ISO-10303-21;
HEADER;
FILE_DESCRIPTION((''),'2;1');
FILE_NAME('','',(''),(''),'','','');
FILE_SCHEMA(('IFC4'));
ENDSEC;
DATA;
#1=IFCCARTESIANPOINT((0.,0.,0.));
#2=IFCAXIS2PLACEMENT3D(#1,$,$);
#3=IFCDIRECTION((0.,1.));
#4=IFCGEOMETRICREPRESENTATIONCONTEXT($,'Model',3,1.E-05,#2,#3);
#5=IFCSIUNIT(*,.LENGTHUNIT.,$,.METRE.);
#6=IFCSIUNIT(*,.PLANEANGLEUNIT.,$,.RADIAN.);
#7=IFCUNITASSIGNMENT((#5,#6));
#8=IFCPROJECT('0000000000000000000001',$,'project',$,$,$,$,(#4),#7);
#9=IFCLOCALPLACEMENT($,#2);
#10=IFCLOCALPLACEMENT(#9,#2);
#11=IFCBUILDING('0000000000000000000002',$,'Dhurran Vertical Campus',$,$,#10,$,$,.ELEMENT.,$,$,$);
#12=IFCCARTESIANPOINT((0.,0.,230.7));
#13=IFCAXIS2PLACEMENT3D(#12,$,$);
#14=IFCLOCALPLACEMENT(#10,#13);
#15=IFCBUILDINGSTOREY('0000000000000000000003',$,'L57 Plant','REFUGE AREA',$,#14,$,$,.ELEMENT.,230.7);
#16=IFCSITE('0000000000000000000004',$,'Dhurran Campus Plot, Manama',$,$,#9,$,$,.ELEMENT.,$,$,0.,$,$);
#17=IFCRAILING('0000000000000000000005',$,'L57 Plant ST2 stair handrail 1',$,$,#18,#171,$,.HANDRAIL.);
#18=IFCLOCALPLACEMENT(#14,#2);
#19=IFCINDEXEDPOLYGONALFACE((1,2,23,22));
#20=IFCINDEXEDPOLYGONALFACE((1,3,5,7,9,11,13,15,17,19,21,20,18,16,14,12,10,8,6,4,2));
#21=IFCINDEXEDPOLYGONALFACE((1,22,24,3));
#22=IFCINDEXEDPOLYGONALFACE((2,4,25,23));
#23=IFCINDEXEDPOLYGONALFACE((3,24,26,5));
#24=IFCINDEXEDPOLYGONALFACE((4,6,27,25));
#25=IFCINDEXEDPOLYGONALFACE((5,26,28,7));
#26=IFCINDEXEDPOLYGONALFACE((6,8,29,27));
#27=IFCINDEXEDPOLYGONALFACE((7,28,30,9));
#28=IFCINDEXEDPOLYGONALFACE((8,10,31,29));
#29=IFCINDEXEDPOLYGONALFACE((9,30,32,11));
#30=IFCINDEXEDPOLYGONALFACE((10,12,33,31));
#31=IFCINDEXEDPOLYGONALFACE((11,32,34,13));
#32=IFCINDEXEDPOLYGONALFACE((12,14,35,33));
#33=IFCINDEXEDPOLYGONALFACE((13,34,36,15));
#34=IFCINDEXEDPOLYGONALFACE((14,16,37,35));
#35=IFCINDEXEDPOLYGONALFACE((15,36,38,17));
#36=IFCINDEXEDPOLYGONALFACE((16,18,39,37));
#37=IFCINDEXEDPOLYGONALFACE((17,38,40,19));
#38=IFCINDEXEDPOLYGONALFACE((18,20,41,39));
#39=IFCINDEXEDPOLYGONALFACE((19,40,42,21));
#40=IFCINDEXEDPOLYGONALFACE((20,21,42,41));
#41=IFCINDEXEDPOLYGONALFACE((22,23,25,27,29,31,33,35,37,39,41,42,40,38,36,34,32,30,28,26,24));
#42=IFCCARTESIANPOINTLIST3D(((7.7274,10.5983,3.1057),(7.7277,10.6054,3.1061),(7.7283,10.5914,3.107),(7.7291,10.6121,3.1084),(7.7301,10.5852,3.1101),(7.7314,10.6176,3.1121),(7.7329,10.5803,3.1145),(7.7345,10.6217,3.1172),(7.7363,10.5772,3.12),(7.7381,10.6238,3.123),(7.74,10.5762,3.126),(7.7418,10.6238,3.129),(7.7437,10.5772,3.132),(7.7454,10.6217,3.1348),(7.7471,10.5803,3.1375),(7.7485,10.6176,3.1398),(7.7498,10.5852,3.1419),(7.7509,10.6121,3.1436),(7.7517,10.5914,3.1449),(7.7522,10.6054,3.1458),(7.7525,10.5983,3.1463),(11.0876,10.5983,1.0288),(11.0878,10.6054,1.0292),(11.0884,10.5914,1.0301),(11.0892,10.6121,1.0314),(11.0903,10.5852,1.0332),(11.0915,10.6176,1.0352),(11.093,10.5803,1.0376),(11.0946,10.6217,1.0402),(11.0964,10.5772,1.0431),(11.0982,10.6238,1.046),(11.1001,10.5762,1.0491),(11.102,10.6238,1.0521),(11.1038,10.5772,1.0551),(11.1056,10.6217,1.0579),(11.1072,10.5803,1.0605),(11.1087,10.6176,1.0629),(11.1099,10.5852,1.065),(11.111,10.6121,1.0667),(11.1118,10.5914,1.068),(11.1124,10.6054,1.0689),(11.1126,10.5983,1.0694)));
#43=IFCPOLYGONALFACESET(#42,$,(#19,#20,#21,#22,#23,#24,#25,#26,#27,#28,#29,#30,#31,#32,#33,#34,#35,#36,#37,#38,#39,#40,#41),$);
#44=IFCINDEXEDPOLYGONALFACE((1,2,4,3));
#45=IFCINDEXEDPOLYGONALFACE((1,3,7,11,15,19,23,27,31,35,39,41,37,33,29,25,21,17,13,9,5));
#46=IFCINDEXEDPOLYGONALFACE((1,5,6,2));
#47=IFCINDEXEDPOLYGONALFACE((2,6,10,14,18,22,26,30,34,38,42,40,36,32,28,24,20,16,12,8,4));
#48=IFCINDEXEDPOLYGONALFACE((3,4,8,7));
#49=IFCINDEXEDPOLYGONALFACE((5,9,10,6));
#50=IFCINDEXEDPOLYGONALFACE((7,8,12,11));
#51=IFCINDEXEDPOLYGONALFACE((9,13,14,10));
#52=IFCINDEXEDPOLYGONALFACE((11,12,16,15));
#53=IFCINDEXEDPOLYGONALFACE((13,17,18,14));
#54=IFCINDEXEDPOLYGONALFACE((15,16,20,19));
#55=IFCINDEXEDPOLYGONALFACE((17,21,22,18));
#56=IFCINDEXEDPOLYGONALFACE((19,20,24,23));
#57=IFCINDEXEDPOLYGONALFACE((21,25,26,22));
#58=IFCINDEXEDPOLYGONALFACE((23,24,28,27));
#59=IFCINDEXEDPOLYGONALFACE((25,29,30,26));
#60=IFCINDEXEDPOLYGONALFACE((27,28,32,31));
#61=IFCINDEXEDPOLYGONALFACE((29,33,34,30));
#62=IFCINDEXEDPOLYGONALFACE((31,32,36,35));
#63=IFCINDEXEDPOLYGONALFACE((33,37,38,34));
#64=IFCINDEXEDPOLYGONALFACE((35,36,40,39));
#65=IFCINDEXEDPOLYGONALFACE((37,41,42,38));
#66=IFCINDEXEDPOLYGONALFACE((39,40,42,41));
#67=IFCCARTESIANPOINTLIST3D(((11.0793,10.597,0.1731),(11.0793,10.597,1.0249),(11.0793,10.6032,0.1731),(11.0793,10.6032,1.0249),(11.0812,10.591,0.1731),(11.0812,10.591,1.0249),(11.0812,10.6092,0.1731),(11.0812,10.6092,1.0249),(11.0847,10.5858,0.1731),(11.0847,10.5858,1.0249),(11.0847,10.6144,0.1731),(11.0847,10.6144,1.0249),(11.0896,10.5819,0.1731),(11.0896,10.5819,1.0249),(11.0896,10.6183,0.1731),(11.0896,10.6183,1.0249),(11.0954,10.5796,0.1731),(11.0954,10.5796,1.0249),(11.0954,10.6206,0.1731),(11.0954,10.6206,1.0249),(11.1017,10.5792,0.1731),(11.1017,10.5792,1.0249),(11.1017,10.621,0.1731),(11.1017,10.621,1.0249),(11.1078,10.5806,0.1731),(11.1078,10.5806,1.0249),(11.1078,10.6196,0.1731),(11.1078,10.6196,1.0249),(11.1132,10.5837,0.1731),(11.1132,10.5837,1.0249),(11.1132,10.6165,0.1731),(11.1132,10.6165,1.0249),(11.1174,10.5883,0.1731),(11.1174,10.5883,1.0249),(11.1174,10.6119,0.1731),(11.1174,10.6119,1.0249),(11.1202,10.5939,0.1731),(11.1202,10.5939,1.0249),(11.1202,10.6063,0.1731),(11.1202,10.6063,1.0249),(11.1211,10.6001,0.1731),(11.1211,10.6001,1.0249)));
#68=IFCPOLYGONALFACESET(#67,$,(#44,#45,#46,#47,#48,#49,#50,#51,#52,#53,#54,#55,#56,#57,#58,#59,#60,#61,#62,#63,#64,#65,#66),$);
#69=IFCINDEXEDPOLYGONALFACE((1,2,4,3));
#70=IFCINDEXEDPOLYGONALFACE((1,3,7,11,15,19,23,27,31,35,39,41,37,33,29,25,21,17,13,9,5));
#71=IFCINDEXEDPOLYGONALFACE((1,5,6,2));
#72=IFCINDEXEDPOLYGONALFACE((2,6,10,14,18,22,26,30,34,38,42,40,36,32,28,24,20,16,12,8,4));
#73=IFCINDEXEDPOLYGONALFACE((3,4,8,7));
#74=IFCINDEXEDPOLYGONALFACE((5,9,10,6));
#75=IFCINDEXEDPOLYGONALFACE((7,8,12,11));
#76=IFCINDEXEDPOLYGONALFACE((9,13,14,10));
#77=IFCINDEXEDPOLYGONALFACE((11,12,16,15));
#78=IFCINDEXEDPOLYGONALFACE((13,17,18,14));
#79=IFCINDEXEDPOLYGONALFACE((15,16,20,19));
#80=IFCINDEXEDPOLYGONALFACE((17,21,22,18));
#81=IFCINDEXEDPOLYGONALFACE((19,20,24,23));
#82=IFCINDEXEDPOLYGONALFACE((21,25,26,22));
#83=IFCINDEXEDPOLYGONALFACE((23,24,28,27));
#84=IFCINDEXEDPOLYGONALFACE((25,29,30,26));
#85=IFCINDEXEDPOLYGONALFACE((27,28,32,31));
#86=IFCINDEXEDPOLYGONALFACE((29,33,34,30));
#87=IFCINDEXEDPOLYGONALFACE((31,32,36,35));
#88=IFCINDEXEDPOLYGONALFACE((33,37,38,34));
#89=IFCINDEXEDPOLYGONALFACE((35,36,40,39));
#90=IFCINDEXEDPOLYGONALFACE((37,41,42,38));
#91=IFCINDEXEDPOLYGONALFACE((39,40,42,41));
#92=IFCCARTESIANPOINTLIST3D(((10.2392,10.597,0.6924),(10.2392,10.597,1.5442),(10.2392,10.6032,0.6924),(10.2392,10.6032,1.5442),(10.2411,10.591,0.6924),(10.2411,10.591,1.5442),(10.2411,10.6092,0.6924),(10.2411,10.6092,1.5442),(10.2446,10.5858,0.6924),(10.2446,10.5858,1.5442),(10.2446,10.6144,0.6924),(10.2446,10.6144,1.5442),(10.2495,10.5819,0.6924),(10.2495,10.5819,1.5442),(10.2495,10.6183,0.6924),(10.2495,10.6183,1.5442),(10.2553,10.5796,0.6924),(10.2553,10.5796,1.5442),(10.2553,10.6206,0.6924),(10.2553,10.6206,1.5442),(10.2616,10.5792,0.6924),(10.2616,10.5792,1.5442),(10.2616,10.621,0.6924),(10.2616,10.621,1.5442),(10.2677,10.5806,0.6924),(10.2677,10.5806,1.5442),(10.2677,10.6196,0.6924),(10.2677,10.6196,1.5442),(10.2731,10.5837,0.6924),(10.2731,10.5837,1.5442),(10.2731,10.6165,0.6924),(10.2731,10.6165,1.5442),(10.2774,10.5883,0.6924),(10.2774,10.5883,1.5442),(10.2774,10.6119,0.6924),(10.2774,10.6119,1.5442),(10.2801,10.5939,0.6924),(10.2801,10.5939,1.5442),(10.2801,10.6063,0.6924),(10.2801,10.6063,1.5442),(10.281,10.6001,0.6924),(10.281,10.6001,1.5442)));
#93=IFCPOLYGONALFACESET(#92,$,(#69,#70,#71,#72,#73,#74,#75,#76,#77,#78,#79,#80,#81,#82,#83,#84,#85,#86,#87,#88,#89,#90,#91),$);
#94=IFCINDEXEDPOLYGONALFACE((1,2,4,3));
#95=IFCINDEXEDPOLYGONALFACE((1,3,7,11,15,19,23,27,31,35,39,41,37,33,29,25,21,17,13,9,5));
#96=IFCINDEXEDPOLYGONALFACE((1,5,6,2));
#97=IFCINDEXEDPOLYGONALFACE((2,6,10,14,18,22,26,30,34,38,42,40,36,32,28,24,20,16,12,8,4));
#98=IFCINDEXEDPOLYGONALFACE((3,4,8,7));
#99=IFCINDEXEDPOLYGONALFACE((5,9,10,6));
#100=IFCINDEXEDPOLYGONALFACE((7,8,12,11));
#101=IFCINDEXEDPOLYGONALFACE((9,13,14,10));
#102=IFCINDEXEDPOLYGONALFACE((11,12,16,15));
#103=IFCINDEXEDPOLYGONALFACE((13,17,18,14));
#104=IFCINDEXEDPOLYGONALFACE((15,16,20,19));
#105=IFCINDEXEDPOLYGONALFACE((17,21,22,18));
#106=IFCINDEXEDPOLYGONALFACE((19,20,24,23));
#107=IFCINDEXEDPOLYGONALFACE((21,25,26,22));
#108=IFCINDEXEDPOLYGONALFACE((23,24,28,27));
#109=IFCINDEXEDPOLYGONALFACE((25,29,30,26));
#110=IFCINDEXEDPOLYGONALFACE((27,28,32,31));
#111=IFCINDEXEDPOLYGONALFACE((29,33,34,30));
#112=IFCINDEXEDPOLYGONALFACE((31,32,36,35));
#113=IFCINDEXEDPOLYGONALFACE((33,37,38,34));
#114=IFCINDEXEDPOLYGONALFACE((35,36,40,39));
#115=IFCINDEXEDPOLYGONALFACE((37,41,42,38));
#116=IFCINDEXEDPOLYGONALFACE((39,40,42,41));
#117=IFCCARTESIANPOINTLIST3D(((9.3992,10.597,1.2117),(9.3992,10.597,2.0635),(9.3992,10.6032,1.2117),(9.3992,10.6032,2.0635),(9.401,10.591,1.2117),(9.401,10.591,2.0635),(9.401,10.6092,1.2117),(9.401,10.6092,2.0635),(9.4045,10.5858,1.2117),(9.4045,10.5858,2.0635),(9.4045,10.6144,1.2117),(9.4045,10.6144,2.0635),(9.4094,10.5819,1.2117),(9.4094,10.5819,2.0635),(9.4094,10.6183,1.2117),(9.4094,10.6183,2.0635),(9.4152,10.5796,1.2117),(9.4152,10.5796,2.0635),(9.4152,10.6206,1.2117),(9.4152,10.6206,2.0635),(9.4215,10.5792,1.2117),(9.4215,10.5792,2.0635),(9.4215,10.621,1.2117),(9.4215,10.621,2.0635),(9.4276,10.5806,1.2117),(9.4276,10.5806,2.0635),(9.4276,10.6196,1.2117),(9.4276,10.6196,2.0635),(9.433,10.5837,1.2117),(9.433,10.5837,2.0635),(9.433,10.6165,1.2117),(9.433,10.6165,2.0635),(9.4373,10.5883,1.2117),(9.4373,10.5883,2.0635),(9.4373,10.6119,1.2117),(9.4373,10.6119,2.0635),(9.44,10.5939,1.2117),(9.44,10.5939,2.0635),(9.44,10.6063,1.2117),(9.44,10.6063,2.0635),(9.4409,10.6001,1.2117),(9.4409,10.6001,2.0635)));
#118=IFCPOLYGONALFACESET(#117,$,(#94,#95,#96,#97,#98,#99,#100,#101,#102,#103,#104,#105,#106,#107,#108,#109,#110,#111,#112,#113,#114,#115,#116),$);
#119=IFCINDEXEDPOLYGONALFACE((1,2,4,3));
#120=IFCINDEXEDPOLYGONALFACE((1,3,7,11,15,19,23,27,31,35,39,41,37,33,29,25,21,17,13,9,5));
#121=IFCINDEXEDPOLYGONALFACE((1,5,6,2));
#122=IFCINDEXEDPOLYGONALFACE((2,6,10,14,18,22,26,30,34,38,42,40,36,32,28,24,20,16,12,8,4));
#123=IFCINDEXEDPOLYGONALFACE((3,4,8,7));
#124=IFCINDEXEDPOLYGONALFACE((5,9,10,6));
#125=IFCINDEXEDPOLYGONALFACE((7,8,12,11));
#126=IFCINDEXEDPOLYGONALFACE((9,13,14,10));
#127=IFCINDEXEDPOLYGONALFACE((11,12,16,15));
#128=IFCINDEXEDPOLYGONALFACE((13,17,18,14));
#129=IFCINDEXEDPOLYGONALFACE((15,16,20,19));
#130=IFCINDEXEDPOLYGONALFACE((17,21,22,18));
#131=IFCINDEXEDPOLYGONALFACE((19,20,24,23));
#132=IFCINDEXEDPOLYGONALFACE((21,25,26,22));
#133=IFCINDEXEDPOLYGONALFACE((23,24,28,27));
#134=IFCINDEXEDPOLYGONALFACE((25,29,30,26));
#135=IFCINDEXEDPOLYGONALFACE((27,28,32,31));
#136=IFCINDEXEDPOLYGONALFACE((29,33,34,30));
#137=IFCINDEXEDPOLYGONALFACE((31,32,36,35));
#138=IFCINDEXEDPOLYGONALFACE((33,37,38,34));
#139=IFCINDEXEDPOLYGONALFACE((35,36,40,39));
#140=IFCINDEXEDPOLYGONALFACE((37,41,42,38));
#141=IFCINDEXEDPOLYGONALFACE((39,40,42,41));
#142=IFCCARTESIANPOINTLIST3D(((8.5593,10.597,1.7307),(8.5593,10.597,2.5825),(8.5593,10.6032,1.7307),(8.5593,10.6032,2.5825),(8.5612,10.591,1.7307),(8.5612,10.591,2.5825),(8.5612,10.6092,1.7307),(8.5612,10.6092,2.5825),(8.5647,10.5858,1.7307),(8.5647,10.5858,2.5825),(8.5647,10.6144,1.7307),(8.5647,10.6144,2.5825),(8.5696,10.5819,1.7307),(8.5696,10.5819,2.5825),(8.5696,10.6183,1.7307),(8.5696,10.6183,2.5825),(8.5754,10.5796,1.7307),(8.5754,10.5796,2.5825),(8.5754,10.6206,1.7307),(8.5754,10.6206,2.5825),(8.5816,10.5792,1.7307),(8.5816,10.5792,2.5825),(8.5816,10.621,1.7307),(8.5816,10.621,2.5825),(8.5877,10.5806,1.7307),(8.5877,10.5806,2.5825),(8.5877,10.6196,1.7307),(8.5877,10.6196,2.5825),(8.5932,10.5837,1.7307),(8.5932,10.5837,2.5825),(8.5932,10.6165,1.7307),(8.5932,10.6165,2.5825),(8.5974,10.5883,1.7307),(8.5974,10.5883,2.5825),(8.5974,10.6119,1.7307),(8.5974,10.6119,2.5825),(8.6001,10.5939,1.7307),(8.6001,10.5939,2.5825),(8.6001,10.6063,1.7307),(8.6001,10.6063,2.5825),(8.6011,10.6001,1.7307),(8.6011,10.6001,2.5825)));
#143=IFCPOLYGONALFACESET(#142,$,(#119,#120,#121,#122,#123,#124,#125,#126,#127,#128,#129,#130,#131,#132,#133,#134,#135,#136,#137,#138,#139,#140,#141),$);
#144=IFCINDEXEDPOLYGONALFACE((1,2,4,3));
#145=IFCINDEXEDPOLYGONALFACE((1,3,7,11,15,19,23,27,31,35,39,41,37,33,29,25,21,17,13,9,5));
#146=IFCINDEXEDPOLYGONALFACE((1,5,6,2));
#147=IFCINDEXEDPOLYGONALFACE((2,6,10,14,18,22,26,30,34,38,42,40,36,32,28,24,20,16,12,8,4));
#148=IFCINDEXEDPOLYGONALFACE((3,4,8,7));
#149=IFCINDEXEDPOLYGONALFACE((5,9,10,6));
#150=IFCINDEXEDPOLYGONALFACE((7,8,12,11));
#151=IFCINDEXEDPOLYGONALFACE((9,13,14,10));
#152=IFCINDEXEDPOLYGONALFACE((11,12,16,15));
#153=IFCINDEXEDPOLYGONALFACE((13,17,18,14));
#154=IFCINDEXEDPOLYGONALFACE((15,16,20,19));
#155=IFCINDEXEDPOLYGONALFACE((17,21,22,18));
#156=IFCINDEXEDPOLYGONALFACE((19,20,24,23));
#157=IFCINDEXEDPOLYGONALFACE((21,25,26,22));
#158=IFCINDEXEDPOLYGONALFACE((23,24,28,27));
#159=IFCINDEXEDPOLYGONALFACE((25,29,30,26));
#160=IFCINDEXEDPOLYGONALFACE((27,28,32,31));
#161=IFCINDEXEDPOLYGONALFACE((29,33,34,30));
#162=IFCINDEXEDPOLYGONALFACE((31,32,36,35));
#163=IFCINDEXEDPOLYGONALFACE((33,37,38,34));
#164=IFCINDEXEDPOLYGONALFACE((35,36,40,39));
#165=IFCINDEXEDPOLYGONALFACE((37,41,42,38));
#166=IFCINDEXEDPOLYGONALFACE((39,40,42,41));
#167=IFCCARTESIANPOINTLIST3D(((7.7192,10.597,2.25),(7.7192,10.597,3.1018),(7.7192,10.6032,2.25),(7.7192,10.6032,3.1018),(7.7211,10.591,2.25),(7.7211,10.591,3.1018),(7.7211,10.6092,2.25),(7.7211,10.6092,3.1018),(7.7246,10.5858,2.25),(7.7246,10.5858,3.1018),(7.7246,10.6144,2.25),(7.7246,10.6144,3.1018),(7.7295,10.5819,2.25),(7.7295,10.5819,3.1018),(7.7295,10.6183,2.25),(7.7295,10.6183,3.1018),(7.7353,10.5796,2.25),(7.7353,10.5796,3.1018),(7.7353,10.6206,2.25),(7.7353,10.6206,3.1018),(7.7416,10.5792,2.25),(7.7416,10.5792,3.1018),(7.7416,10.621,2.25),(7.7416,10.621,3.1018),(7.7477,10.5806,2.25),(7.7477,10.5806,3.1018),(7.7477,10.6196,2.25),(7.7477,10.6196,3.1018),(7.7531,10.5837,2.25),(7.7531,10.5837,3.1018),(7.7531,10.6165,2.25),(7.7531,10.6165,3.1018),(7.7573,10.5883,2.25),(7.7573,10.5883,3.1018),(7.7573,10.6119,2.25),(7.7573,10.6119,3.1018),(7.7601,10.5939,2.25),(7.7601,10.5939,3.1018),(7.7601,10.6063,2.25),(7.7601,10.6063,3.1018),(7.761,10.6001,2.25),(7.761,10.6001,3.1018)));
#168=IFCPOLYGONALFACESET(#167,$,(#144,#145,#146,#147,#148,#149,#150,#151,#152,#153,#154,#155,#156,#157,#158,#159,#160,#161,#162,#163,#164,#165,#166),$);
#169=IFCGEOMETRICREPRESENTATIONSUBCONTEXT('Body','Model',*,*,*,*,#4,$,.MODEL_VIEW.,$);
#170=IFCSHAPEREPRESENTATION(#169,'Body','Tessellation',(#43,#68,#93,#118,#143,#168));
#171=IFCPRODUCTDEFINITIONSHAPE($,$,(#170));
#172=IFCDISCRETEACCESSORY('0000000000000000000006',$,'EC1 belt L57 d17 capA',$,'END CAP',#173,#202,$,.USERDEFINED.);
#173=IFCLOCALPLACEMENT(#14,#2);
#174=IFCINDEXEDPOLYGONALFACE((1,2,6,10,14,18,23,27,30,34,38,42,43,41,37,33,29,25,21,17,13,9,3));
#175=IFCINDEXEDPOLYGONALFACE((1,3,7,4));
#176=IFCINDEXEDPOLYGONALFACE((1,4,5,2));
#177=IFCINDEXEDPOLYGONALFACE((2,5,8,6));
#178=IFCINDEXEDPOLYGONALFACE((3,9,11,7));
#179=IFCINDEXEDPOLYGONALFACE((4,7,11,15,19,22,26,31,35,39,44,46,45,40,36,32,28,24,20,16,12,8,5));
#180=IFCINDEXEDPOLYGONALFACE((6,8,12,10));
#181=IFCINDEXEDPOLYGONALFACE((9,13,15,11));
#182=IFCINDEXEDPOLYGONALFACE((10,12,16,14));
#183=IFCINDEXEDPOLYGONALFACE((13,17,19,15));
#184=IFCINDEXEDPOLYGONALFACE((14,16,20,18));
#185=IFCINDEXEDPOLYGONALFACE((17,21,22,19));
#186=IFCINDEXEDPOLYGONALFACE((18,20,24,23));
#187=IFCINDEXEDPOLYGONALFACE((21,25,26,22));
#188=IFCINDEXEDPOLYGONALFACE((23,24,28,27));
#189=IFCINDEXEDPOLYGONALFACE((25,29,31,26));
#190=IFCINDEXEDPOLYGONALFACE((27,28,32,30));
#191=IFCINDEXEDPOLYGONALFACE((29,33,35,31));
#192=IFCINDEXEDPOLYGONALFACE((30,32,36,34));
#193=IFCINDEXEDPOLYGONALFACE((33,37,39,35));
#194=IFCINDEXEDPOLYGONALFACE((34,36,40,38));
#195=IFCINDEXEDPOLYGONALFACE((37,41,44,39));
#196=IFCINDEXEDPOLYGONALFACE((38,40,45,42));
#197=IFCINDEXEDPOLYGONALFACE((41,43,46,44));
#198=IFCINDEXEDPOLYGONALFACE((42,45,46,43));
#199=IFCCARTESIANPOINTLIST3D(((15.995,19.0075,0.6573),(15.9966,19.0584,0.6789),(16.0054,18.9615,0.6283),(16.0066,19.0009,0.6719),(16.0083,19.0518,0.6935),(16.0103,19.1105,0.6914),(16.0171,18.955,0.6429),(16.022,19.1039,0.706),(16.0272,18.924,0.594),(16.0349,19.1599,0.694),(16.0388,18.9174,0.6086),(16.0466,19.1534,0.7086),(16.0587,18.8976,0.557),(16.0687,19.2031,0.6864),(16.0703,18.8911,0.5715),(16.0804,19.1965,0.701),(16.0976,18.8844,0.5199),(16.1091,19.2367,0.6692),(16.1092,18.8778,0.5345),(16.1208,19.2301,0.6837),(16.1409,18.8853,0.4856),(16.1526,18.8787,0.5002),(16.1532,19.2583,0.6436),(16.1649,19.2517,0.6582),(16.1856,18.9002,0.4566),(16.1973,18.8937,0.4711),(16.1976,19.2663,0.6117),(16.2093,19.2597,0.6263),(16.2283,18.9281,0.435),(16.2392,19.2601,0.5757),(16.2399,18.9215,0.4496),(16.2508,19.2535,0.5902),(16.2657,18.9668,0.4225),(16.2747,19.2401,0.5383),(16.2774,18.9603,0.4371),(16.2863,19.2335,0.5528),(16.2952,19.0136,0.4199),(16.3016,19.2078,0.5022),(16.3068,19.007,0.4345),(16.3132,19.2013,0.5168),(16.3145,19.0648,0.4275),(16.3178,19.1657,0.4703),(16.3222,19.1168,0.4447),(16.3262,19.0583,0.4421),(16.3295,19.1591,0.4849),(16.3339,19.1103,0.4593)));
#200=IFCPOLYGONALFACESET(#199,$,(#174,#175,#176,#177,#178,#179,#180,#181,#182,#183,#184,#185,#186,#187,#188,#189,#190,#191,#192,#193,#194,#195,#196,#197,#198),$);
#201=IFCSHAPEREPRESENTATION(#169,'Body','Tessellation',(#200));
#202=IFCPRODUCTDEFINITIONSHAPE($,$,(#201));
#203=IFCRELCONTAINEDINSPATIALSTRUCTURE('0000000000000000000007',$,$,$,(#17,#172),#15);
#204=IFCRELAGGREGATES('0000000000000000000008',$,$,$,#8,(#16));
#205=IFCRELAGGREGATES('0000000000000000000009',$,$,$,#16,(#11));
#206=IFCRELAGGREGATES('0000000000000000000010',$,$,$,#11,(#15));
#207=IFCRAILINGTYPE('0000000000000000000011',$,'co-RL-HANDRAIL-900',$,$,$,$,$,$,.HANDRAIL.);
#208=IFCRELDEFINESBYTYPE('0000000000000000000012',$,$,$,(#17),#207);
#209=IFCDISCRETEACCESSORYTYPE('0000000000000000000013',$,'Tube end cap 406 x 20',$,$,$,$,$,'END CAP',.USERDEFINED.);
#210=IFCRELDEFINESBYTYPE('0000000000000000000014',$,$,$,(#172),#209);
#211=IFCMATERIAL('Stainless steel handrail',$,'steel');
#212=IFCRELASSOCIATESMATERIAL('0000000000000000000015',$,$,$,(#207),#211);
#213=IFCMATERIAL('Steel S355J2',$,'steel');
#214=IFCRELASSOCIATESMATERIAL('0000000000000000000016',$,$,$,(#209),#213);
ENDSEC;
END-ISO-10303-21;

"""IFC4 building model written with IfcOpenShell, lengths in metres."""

from ifc_helpers import new_model, si_unit, direction, frame, origin, origin_2d, place, context, subcontext, project, spatial, circle, extrude, material, material_profile, profile_set, type_object, element, save


model = new_model("IFC4")

# Units and contexts
model_context = context("Model", 3, precision=1e-05, world=origin(), true_north=direction((0.0, 1.0)))
body_context = subcontext(model_context, "Body", "Model", "MODEL_VIEW")
ifc_project = project(units=[si_unit("LENGTHUNIT", "METRE"), si_unit("PLANEANGLEUNIT", "RADIAN")], contexts=[model_context])

# Site, building, storey
site_placement = place(None, origin())
site = spatial("IfcSite", under=ifc_project, at=site_placement, Name="Dhurran Campus Plot, Manama", CompositionType="ELEMENT", RefElevation=0.0)
building_placement = place(site_placement, origin())
building = spatial("IfcBuilding", under=site, at=building_placement, Name="Dhurran Vertical Campus", CompositionType="ELEMENT")
storey_placement = place(building_placement, frame((0.0, 0.0, 230.7)))
storey = spatial("IfcBuildingStorey", under=building, at=storey_placement, Name="L57 Plant", Description="REFUGE AREA", CompositionType="ELEMENT", Elevation=230.7)

# Railing
ifc_material_1 = material(Name="Stainless steel handrail", Category="steel")
railing_type_1 = type_object("IfcRailingType", Name="co-RL-HANDRAIL-900", PredefinedType="HANDRAIL", material=ifc_material_1)
railing_1_placement = place(storey_placement, frame((11.1001, 10.6001, 0.1731)))
element("IfcRailing", 1, at=railing_1_placement, inside=storey, type_object=railing_type_1, Name="L57 Plant ST2 stair handrail 1", PredefinedType="HANDRAIL", context=body_context, shape_type="SweptSolid", body=[
    extrude(circle(Radius=0.0239, at=origin_2d()), frame((0.0, 0.0, 0.876), z_axis=(-0.850623, 0.0, 0.525776), x_axis=(0.0, -1.0, 0.0)), (0.0, 0.0, 1.0), 3.9502),
    extrude(circle(Radius=0.021, at=origin_2d()), origin(), (0.0, 0.0, 1.0), 0.8518),
    extrude(circle(Radius=0.021, at=origin_2d()), frame((-0.8401, 0.0, 0.5193)), (0.0, 0.0, 1.0), 0.8518),
    extrude(circle(Radius=0.021, at=origin_2d()), frame((-1.6802, 0.0, 1.0386)), (0.0, 0.0, 1.0), 0.8518),
    extrude(circle(Radius=0.021, at=origin_2d()), frame((-2.52, 0.0, 1.5576)), (0.0, 0.0, 1.0), 0.8518),
    extrude(circle(Radius=0.021, at=origin_2d()), frame((-3.3601, 0.0, 2.0769)), (0.0, 0.0, 1.0), 0.8518),
])

# Discrete accessory
ifc_material_2 = material(Name="Steel S355J2", Category="steel")
ifc_material_profile_1 = material_profile(ifc_material_2, circle(Radius=0.2031, at=origin_2d()), Name="Tube end cap 406 x 20")
ifc_profile_set_1 = profile_set([ifc_material_profile_1], Name="Steel S355J2")
discrete_accessory_type = type_object("IfcDiscreteAccessoryType", Name="Tube end cap 406 x 20", ElementType="END CAP", PredefinedType="USERDEFINED", material=ifc_profile_set_1)
for number, where, z_axis, x_axis, name in (
    (2, (16.1699, 19.0681, 0.5715), (-0.589368, 0.331519, -0.736709), (-0.490261, -0.871576, 0.0), "EC1 belt L57 d17 capA"),
):
    element("IfcDiscreteAccessory", number, at=place(storey_placement, frame(where, z_axis=z_axis, x_axis=x_axis)), inside=storey, type_object=discrete_accessory_type, Name=name, ObjectType="END CAP", PredefinedType="USERDEFINED", context=body_context, shape_type="SweptSolid", body=[
        extrude(circle(Radius=0.2031, at=origin_2d()), origin(), (0.0, 0.0, 1.0), 0.0198),
    ])

save(model, "model.ifc")
